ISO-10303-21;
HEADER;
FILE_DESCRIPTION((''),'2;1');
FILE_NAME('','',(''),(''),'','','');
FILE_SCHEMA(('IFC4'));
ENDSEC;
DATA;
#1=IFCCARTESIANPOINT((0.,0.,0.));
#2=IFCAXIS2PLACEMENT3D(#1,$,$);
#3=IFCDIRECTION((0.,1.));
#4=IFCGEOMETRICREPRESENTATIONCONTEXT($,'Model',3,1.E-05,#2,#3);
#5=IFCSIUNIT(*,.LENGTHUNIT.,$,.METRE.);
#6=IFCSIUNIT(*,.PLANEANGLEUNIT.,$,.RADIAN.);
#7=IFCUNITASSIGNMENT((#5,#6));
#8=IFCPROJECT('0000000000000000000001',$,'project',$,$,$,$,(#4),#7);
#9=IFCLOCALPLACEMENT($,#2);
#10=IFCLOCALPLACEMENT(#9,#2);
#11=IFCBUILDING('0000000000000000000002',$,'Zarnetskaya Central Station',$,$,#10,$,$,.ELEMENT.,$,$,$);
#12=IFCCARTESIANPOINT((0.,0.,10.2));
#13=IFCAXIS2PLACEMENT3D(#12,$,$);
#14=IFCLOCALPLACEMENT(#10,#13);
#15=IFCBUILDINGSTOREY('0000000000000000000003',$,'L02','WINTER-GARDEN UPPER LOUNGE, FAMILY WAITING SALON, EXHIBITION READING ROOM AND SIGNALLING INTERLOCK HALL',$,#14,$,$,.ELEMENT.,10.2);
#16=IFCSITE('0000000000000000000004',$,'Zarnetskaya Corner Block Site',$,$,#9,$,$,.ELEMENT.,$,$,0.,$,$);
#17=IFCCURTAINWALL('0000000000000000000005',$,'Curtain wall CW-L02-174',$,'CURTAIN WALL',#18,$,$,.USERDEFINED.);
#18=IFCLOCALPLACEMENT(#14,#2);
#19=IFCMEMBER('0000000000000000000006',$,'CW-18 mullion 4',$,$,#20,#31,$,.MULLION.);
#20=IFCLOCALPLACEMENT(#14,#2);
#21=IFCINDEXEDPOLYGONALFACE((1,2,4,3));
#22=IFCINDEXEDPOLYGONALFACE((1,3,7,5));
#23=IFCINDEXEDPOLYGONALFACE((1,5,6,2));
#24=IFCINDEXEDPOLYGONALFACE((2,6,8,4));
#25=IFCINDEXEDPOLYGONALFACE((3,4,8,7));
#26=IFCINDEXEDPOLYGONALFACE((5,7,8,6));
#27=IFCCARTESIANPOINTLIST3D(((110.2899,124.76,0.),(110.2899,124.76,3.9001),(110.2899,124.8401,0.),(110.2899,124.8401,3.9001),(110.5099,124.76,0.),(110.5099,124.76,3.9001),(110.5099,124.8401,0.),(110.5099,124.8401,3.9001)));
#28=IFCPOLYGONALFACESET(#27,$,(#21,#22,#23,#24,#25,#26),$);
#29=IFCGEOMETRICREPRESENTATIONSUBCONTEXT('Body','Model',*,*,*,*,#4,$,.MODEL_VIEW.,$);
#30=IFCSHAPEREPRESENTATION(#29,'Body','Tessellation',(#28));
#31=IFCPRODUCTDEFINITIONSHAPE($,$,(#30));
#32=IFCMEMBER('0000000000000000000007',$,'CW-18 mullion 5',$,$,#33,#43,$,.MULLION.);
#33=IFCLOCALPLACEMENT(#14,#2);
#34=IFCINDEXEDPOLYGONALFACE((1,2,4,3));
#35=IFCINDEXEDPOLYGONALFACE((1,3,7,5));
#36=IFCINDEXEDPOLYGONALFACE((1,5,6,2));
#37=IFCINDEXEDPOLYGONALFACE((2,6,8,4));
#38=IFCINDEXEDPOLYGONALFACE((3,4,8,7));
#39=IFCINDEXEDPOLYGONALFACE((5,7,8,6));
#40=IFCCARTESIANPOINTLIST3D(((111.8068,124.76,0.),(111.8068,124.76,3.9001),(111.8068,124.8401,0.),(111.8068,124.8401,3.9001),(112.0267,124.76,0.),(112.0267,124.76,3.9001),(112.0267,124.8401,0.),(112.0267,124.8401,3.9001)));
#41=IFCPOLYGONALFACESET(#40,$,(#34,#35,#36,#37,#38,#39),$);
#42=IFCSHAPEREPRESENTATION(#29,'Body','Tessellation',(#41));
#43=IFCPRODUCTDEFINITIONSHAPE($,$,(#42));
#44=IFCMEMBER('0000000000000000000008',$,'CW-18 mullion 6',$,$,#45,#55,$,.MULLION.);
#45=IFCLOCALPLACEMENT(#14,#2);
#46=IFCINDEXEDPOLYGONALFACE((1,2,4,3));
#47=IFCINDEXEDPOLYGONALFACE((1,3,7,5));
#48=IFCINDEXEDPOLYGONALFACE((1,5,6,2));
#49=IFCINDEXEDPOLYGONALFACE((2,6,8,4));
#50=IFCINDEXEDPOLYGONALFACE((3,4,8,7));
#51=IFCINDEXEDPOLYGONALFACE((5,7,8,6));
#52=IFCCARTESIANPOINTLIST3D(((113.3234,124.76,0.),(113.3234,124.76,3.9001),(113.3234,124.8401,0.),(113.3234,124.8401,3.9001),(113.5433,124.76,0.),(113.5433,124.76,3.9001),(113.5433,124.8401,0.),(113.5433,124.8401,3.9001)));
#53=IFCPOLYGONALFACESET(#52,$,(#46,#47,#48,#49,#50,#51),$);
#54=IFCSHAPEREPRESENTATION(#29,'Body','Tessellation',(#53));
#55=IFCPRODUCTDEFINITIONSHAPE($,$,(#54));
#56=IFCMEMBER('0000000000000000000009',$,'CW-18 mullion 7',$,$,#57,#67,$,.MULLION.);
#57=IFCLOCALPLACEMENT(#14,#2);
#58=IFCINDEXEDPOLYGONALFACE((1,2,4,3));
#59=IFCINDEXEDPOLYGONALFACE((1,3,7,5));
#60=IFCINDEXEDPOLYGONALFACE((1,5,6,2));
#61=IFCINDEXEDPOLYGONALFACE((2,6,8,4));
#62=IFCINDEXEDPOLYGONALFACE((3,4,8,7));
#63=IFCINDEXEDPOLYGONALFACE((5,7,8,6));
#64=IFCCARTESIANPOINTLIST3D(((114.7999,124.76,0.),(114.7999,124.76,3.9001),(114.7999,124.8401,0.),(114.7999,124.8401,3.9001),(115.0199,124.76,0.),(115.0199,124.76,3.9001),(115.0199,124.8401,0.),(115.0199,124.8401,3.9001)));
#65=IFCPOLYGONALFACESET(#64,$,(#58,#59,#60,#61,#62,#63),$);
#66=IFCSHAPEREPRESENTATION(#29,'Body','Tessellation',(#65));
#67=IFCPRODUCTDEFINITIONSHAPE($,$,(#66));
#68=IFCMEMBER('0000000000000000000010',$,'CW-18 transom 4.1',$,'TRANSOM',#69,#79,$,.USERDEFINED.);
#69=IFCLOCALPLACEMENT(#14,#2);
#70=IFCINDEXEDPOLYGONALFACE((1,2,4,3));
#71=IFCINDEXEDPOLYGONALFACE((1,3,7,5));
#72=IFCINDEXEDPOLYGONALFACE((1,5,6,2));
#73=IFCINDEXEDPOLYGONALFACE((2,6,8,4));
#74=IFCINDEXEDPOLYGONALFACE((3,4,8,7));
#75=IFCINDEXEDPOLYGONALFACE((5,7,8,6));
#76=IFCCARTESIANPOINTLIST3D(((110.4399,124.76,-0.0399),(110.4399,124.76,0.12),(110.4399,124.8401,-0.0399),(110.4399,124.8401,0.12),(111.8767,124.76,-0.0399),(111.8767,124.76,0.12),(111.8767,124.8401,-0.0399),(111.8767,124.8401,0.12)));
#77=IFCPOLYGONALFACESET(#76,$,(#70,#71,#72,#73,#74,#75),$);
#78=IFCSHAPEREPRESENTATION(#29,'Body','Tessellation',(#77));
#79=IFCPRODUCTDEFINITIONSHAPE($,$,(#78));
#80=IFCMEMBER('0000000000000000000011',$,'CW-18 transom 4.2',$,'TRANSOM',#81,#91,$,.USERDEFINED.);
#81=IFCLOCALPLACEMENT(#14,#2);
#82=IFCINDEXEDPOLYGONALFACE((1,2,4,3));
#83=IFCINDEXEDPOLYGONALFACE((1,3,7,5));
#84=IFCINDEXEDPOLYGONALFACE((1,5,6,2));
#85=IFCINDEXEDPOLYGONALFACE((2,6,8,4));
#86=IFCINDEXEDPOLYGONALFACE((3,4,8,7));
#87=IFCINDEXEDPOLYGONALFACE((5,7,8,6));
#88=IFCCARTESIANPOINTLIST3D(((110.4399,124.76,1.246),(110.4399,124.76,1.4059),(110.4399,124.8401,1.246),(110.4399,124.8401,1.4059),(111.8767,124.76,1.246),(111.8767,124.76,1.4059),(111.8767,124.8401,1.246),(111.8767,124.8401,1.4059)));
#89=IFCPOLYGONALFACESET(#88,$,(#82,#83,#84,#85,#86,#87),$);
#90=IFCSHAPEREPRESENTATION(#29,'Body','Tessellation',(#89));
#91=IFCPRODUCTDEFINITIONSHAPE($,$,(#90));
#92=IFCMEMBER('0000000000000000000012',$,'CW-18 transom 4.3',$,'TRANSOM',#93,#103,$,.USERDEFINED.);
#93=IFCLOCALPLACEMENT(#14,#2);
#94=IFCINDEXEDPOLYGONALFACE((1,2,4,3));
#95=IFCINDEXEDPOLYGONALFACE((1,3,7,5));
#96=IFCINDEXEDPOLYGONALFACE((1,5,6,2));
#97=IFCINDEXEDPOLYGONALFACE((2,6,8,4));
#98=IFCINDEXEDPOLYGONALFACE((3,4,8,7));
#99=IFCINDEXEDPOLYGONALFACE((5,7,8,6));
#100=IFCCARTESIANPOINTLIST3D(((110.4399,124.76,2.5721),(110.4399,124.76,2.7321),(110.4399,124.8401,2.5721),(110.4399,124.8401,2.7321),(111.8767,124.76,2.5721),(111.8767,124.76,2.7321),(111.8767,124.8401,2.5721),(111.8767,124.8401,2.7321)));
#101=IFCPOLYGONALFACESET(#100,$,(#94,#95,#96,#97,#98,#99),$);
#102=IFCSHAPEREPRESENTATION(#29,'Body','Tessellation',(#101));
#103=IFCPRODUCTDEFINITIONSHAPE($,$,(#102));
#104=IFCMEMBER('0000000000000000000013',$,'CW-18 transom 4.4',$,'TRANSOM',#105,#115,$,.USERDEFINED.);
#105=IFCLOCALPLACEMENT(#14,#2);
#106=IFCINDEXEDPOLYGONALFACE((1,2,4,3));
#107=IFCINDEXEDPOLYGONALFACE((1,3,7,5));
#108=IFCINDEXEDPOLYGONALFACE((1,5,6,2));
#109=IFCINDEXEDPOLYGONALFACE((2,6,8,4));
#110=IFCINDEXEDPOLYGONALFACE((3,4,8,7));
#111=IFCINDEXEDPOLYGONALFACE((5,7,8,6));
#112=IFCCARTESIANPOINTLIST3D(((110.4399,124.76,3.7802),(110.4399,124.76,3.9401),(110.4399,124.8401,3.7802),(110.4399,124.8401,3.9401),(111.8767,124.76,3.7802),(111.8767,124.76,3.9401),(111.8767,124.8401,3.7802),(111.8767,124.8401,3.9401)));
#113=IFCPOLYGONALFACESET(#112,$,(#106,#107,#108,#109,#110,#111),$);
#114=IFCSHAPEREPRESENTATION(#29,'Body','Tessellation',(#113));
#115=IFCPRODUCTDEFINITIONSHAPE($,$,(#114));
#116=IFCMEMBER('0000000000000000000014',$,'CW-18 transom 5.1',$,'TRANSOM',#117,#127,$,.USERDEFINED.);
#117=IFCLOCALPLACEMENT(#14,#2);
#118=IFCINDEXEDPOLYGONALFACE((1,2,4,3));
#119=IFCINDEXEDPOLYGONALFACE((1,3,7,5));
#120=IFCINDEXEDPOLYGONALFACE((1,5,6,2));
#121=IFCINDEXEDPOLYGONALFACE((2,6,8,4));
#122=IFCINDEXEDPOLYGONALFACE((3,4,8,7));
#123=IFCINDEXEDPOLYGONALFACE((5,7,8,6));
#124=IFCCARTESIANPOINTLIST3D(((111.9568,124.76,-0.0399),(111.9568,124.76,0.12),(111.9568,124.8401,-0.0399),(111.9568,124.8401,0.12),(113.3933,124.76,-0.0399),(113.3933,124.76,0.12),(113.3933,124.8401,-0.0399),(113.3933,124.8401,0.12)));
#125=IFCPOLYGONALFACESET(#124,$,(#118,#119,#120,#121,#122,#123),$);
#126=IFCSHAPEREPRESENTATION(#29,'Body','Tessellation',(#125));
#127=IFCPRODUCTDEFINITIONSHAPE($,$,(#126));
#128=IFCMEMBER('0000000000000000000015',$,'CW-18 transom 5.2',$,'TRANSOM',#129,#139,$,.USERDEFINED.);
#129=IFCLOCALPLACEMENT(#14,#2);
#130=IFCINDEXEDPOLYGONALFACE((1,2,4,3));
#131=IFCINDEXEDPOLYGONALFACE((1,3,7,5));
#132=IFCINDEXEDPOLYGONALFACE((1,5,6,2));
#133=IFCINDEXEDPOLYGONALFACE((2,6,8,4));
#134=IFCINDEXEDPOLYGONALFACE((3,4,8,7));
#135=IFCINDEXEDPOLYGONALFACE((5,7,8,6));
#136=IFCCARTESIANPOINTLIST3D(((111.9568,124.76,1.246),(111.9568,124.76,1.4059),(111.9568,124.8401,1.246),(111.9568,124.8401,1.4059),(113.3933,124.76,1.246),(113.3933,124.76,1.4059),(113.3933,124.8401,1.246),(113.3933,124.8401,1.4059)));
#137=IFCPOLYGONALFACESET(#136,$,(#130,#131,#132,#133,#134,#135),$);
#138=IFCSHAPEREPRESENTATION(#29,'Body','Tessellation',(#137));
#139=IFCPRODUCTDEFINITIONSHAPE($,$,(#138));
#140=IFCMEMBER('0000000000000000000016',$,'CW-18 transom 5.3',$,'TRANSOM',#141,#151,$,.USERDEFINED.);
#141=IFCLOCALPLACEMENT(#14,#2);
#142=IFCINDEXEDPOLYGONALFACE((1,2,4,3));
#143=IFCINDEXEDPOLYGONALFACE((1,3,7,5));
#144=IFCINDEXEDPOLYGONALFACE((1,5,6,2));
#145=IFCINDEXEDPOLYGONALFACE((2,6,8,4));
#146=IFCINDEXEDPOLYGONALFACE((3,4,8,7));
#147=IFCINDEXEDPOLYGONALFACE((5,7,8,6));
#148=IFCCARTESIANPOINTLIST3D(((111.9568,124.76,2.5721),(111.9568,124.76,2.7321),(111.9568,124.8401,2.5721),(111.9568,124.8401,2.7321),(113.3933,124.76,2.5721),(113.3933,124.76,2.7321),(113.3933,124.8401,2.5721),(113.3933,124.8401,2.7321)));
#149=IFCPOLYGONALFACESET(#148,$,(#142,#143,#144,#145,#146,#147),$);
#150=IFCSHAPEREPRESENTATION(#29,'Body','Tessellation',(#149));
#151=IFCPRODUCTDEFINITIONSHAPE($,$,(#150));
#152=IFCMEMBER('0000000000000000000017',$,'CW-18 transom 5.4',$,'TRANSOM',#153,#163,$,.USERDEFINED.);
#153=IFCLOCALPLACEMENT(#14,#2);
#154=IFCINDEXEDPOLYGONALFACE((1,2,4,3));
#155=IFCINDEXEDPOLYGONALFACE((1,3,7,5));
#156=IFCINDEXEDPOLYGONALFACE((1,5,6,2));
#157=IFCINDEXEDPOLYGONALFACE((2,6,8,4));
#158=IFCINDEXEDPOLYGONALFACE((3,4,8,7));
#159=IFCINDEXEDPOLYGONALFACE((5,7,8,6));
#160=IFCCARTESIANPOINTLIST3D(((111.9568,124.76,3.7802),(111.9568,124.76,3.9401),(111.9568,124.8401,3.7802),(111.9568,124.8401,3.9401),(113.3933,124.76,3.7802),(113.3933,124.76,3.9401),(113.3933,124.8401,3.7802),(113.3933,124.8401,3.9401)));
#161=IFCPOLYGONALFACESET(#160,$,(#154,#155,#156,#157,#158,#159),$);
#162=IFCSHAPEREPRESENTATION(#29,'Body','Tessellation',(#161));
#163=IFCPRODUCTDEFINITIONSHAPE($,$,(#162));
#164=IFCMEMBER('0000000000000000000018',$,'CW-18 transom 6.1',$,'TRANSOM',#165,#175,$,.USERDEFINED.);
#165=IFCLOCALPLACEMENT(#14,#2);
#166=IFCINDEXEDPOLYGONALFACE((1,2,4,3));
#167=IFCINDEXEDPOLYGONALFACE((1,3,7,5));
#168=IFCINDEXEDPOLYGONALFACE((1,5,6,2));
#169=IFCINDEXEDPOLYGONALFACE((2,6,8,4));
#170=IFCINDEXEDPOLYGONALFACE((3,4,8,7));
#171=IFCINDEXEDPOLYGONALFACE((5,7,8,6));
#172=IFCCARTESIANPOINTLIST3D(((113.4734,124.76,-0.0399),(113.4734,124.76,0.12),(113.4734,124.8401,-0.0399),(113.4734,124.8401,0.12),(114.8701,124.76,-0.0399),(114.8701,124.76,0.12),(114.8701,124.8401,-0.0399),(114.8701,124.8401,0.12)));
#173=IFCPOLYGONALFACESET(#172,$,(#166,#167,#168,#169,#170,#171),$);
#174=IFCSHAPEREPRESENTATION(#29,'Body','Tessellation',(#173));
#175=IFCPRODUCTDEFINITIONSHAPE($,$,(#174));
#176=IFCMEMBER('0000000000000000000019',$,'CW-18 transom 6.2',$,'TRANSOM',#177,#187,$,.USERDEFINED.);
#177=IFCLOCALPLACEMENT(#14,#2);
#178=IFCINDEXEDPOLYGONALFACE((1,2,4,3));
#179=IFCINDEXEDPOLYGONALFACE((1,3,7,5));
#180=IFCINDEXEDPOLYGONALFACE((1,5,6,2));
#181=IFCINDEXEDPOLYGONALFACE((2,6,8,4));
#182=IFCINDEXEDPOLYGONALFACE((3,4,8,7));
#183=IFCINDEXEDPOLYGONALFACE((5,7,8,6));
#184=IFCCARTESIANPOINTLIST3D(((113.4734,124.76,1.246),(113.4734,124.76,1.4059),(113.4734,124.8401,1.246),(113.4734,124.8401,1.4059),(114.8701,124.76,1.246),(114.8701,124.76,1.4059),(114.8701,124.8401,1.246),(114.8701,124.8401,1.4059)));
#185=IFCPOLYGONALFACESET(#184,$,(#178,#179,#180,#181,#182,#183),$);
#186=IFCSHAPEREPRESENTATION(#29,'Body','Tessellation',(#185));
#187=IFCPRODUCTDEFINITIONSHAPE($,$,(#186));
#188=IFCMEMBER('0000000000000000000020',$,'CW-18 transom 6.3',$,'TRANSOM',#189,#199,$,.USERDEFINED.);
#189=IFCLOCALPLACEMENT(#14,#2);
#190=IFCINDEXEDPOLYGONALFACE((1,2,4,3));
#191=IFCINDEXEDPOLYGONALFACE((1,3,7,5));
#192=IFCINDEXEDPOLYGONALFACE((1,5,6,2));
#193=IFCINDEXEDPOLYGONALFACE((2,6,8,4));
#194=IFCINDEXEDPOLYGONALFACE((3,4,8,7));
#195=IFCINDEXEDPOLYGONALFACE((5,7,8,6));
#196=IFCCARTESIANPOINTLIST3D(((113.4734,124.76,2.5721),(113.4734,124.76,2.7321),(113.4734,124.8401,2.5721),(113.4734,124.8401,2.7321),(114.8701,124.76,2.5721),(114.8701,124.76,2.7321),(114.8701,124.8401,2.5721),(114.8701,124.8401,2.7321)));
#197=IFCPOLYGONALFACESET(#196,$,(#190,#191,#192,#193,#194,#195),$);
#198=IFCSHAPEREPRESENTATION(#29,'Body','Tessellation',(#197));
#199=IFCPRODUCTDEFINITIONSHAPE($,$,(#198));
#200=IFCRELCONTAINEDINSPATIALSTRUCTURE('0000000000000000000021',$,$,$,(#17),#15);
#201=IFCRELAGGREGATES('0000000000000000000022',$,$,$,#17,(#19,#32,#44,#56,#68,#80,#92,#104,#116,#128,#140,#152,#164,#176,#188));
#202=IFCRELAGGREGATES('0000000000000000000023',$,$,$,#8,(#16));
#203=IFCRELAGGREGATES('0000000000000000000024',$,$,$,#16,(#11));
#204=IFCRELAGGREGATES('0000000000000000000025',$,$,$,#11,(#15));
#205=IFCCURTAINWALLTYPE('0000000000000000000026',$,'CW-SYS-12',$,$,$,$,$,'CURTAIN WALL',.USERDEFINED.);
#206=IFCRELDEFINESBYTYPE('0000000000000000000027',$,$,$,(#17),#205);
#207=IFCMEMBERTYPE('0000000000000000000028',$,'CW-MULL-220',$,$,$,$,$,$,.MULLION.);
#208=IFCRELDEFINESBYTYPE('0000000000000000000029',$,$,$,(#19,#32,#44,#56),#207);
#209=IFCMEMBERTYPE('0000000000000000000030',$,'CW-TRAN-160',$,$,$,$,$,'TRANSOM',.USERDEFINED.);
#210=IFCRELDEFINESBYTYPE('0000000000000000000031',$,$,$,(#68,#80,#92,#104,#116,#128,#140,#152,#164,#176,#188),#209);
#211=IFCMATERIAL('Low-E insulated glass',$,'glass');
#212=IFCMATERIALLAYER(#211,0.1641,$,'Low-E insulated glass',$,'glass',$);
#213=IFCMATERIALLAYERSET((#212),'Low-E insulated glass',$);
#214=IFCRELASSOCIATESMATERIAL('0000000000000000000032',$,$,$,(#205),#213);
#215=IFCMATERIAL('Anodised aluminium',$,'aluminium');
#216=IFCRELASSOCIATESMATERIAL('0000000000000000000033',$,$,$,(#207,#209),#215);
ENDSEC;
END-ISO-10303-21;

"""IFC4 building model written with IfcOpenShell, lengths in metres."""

from ifc_helpers import new_model, si_unit, direction, frame, origin, origin_2d, place, context, subcontext, project, spatial, rectangle, extrude, material, layer, layer_set, material_profile, profile_set, type_object, element, aggregate, save


model = new_model("IFC4")

# Units and contexts
model_context = context("Model", 3, precision=1e-05, world=origin(), true_north=direction((0.0, 1.0)))
body_context = subcontext(model_context, "Body", "Model", "MODEL_VIEW")
ifc_project = project(units=[si_unit("LENGTHUNIT", "METRE"), si_unit("PLANEANGLEUNIT", "RADIAN")], contexts=[model_context])

# Site, building, storey
site_placement = place(None, origin())
site = spatial("IfcSite", under=ifc_project, at=site_placement, Name="Zarnetskaya Corner Block Site", CompositionType="ELEMENT", RefElevation=0.0)
building_placement = place(site_placement, origin())
building = spatial("IfcBuilding", under=site, at=building_placement, Name="Zarnetskaya Central Station", CompositionType="ELEMENT")
storey_placement = place(building_placement, frame((0.0, 0.0, 10.2)))
storey = spatial("IfcBuildingStorey", under=building, at=storey_placement, Name="L02", Description="WINTER-GARDEN UPPER LOUNGE, FAMILY WAITING SALON, EXHIBITION READING ROOM AND SIGNALLING INTERLOCK HALL", CompositionType="ELEMENT", Elevation=10.2)

# Curtain wall, members
ifc_material_1 = material(Name="Low-E insulated glass", Category="glass")
ifc_layer_1 = layer(ifc_material_1, 0.1641, Name="Low-E insulated glass", Category="glass")
ifc_layer_set_1 = layer_set([ifc_layer_1], Name="Low-E insulated glass")
curtain_wall_type = type_object("IfcCurtainWallType", Name="CW-SYS-12", ElementType="CURTAIN WALL", PredefinedType="USERDEFINED", material=ifc_layer_set_1)
curtain_wall_placement = place(storey_placement, origin())
curtain_wall = element("IfcCurtainWall", 1, at=curtain_wall_placement, inside=storey, type_object=curtain_wall_type, Name="Curtain wall CW-L02-174", ObjectType="CURTAIN WALL", PredefinedType="USERDEFINED")
ifc_material_2 = material(Name="Anodised aluminium", Category="aluminium")
ifc_material_profile_1 = material_profile(ifc_material_2, rectangle(XDim=0.0801, YDim=0.22, at=origin_2d()), Name="ALU MULL 80x220")
ifc_profile_set_1 = profile_set([ifc_material_profile_1], Name="Anodised aluminium")
member_type_1 = type_object("IfcMemberType", Name="CW-MULL-220", PredefinedType="MULLION", material=ifc_profile_set_1)
member_1_placement = place(storey_placement, frame((110.3999, 124.8, 0.0), z_axis=(0.0, 0.0, 1.0), x_axis=(0.0, 1.0, 0.0)))
member_1 = element("IfcMember", 2, at=member_1_placement, type_object=member_type_1, Name="CW-18 mullion 4", PredefinedType="MULLION", context=body_context, shape_type="SweptSolid", body=[
    extrude(rectangle(XDim=0.0801, YDim=0.22, at=origin_2d()), origin(), (0.0, 0.0, 1.0), 3.9001),
])
member_2_placement = place(storey_placement, frame((111.9167, 124.8, 0.0), z_axis=(0.0, 0.0, 1.0), x_axis=(0.0, 1.0, 0.0)))
member_2 = element("IfcMember", 3, at=member_2_placement, type_object=member_type_1, Name="CW-18 mullion 5", PredefinedType="MULLION", context=body_context, shape_type="SweptSolid", body=[
    extrude(rectangle(XDim=0.0801, YDim=0.22, at=origin_2d()), origin(), (0.0, 0.0, 1.0), 3.9001),
])
member_3_placement = place(storey_placement, frame((113.4333, 124.8, 0.0), z_axis=(0.0, 0.0, 1.0), x_axis=(0.0, 1.0, 0.0)))
member_3 = element("IfcMember", 4, at=member_3_placement, type_object=member_type_1, Name="CW-18 mullion 6", PredefinedType="MULLION", context=body_context, shape_type="SweptSolid", body=[
    extrude(rectangle(XDim=0.0801, YDim=0.22, at=origin_2d()), origin(), (0.0, 0.0, 1.0), 3.9001),
])
member_4_placement = place(storey_placement, frame((114.9099, 124.8, 0.0), z_axis=(0.0, 0.0, 1.0), x_axis=(0.0, 1.0, 0.0)))
member_4 = element("IfcMember", 5, at=member_4_placement, type_object=member_type_1, Name="CW-18 mullion 7", PredefinedType="MULLION", context=body_context, shape_type="SweptSolid", body=[
    extrude(rectangle(XDim=0.0801, YDim=0.22, at=origin_2d()), origin(), (0.0, 0.0, 1.0), 3.9001),
])
ifc_material_profile_2 = material_profile(ifc_material_2, rectangle(XDim=0.0801, YDim=0.1599, at=origin_2d()), Name="ALU TRAN 80x160")
ifc_profile_set_2 = profile_set([ifc_material_profile_2], Name="Anodised aluminium")
member_type_2 = type_object("IfcMemberType", Name="CW-TRAN-160", ElementType="TRANSOM", PredefinedType="USERDEFINED", material=ifc_profile_set_2)
member_5_placement = place(storey_placement, frame((110.4399, 124.8, 0.04), z_axis=(1.0, 0.0, 0.0), x_axis=(0.0, 1.0, 0.0)))
member_5 = element("IfcMember", 6, at=member_5_placement, type_object=member_type_2, Name="CW-18 transom 4.1", ObjectType="TRANSOM", PredefinedType="USERDEFINED", context=body_context, shape_type="SweptSolid", body=[
    extrude(rectangle(XDim=0.0801, YDim=0.1599, at=origin_2d()), origin(), (0.0, 0.0, 1.0), 1.4368),
])
member_6_placement = place(storey_placement, frame((110.4399, 124.8, 1.3259), z_axis=(1.0, 0.0, 0.0), x_axis=(0.0, 1.0, 0.0)))
member_6 = element("IfcMember", 7, at=member_6_placement, type_object=member_type_2, Name="CW-18 transom 4.2", ObjectType="TRANSOM", PredefinedType="USERDEFINED", context=body_context, shape_type="SweptSolid", body=[
    extrude(rectangle(XDim=0.0801, YDim=0.1599, at=origin_2d()), origin(), (0.0, 0.0, 1.0), 1.4368),
])
member_7_placement = place(storey_placement, frame((110.4399, 124.8, 2.6521), z_axis=(1.0, 0.0, 0.0), x_axis=(0.0, 1.0, 0.0)))
member_7 = element("IfcMember", 8, at=member_7_placement, type_object=member_type_2, Name="CW-18 transom 4.3", ObjectType="TRANSOM", PredefinedType="USERDEFINED", context=body_context, shape_type="SweptSolid", body=[
    extrude(rectangle(XDim=0.0801, YDim=0.1599, at=origin_2d()), origin(), (0.0, 0.0, 1.0), 1.4368),
])
member_8_placement = place(storey_placement, frame((110.4399, 124.8, 3.8601), z_axis=(1.0, 0.0, 0.0), x_axis=(0.0, 1.0, 0.0)))
member_8 = element("IfcMember", 9, at=member_8_placement, type_object=member_type_2, Name="CW-18 transom 4.4", ObjectType="TRANSOM", PredefinedType="USERDEFINED", context=body_context, shape_type="SweptSolid", body=[
    extrude(rectangle(XDim=0.0801, YDim=0.1599, at=origin_2d()), origin(), (0.0, 0.0, 1.0), 1.4368),
])
member_9_placement = place(storey_placement, frame((111.9568, 124.8, 0.04), z_axis=(1.0, 0.0, 0.0), x_axis=(0.0, 1.0, 0.0)))
member_9 = element("IfcMember", 10, at=member_9_placement, type_object=member_type_2, Name="CW-18 transom 5.1", ObjectType="TRANSOM", PredefinedType="USERDEFINED", context=body_context, shape_type="SweptSolid", body=[
    extrude(rectangle(XDim=0.0801, YDim=0.1599, at=origin_2d()), origin(), (0.0, 0.0, 1.0), 1.4365),
])
member_10_placement = place(storey_placement, frame((111.9568, 124.8, 1.3259), z_axis=(1.0, 0.0, 0.0), x_axis=(0.0, 1.0, 0.0)))
member_10 = element("IfcMember", 11, at=member_10_placement, type_object=member_type_2, Name="CW-18 transom 5.2", ObjectType="TRANSOM", PredefinedType="USERDEFINED", context=body_context, shape_type="SweptSolid", body=[
    extrude(rectangle(XDim=0.0801, YDim=0.1599, at=origin_2d()), origin(), (0.0, 0.0, 1.0), 1.4365),
])
member_11_placement = place(storey_placement, frame((111.9568, 124.8, 2.6521), z_axis=(1.0, 0.0, 0.0), x_axis=(0.0, 1.0, 0.0)))
member_11 = element("IfcMember", 12, at=member_11_placement, type_object=member_type_2, Name="CW-18 transom 5.3", ObjectType="TRANSOM", PredefinedType="USERDEFINED", context=body_context, shape_type="SweptSolid", body=[
    extrude(rectangle(XDim=0.0801, YDim=0.1599, at=origin_2d()), origin(), (0.0, 0.0, 1.0), 1.4365),
])
member_12_placement = place(storey_placement, frame((111.9568, 124.8, 3.8601), z_axis=(1.0, 0.0, 0.0), x_axis=(0.0, 1.0, 0.0)))
member_12 = element("IfcMember", 13, at=member_12_placement, type_object=member_type_2, Name="CW-18 transom 5.4", ObjectType="TRANSOM", PredefinedType="USERDEFINED", context=body_context, shape_type="SweptSolid", body=[
    extrude(rectangle(XDim=0.0801, YDim=0.1599, at=origin_2d()), origin(), (0.0, 0.0, 1.0), 1.4365),
])
member_13_placement = place(storey_placement, frame((113.4734, 124.8, 0.04), z_axis=(1.0, 0.0, 0.0), x_axis=(0.0, 1.0, 0.0)))
member_13 = element("IfcMember", 14, at=member_13_placement, type_object=member_type_2, Name="CW-18 transom 6.1", ObjectType="TRANSOM", PredefinedType="USERDEFINED", context=body_context, shape_type="SweptSolid", body=[
    extrude(rectangle(XDim=0.0801, YDim=0.1599, at=origin_2d()), origin(), (0.0, 0.0, 1.0), 1.3967),
])
member_14_placement = place(storey_placement, frame((113.4734, 124.8, 1.3259), z_axis=(1.0, 0.0, 0.0), x_axis=(0.0, 1.0, 0.0)))
member_14 = element("IfcMember", 15, at=member_14_placement, type_object=member_type_2, Name="CW-18 transom 6.2", ObjectType="TRANSOM", PredefinedType="USERDEFINED", context=body_context, shape_type="SweptSolid", body=[
    extrude(rectangle(XDim=0.0801, YDim=0.1599, at=origin_2d()), origin(), (0.0, 0.0, 1.0), 1.3967),
])
member_15_placement = place(storey_placement, frame((113.4734, 124.8, 2.6521), z_axis=(1.0, 0.0, 0.0), x_axis=(0.0, 1.0, 0.0)))
member_15 = element("IfcMember", 16, at=member_15_placement, type_object=member_type_2, Name="CW-18 transom 6.3", ObjectType="TRANSOM", PredefinedType="USERDEFINED", context=body_context, shape_type="SweptSolid", body=[
    extrude(rectangle(XDim=0.0801, YDim=0.1599, at=origin_2d()), origin(), (0.0, 0.0, 1.0), 1.3967),
])
aggregate(curtain_wall, [member_1, member_2, member_3, member_4, member_5, member_6, member_7, member_8, member_9, member_10, member_11, member_12, member_13, member_14, member_15])

save(model, "model.ifc")
